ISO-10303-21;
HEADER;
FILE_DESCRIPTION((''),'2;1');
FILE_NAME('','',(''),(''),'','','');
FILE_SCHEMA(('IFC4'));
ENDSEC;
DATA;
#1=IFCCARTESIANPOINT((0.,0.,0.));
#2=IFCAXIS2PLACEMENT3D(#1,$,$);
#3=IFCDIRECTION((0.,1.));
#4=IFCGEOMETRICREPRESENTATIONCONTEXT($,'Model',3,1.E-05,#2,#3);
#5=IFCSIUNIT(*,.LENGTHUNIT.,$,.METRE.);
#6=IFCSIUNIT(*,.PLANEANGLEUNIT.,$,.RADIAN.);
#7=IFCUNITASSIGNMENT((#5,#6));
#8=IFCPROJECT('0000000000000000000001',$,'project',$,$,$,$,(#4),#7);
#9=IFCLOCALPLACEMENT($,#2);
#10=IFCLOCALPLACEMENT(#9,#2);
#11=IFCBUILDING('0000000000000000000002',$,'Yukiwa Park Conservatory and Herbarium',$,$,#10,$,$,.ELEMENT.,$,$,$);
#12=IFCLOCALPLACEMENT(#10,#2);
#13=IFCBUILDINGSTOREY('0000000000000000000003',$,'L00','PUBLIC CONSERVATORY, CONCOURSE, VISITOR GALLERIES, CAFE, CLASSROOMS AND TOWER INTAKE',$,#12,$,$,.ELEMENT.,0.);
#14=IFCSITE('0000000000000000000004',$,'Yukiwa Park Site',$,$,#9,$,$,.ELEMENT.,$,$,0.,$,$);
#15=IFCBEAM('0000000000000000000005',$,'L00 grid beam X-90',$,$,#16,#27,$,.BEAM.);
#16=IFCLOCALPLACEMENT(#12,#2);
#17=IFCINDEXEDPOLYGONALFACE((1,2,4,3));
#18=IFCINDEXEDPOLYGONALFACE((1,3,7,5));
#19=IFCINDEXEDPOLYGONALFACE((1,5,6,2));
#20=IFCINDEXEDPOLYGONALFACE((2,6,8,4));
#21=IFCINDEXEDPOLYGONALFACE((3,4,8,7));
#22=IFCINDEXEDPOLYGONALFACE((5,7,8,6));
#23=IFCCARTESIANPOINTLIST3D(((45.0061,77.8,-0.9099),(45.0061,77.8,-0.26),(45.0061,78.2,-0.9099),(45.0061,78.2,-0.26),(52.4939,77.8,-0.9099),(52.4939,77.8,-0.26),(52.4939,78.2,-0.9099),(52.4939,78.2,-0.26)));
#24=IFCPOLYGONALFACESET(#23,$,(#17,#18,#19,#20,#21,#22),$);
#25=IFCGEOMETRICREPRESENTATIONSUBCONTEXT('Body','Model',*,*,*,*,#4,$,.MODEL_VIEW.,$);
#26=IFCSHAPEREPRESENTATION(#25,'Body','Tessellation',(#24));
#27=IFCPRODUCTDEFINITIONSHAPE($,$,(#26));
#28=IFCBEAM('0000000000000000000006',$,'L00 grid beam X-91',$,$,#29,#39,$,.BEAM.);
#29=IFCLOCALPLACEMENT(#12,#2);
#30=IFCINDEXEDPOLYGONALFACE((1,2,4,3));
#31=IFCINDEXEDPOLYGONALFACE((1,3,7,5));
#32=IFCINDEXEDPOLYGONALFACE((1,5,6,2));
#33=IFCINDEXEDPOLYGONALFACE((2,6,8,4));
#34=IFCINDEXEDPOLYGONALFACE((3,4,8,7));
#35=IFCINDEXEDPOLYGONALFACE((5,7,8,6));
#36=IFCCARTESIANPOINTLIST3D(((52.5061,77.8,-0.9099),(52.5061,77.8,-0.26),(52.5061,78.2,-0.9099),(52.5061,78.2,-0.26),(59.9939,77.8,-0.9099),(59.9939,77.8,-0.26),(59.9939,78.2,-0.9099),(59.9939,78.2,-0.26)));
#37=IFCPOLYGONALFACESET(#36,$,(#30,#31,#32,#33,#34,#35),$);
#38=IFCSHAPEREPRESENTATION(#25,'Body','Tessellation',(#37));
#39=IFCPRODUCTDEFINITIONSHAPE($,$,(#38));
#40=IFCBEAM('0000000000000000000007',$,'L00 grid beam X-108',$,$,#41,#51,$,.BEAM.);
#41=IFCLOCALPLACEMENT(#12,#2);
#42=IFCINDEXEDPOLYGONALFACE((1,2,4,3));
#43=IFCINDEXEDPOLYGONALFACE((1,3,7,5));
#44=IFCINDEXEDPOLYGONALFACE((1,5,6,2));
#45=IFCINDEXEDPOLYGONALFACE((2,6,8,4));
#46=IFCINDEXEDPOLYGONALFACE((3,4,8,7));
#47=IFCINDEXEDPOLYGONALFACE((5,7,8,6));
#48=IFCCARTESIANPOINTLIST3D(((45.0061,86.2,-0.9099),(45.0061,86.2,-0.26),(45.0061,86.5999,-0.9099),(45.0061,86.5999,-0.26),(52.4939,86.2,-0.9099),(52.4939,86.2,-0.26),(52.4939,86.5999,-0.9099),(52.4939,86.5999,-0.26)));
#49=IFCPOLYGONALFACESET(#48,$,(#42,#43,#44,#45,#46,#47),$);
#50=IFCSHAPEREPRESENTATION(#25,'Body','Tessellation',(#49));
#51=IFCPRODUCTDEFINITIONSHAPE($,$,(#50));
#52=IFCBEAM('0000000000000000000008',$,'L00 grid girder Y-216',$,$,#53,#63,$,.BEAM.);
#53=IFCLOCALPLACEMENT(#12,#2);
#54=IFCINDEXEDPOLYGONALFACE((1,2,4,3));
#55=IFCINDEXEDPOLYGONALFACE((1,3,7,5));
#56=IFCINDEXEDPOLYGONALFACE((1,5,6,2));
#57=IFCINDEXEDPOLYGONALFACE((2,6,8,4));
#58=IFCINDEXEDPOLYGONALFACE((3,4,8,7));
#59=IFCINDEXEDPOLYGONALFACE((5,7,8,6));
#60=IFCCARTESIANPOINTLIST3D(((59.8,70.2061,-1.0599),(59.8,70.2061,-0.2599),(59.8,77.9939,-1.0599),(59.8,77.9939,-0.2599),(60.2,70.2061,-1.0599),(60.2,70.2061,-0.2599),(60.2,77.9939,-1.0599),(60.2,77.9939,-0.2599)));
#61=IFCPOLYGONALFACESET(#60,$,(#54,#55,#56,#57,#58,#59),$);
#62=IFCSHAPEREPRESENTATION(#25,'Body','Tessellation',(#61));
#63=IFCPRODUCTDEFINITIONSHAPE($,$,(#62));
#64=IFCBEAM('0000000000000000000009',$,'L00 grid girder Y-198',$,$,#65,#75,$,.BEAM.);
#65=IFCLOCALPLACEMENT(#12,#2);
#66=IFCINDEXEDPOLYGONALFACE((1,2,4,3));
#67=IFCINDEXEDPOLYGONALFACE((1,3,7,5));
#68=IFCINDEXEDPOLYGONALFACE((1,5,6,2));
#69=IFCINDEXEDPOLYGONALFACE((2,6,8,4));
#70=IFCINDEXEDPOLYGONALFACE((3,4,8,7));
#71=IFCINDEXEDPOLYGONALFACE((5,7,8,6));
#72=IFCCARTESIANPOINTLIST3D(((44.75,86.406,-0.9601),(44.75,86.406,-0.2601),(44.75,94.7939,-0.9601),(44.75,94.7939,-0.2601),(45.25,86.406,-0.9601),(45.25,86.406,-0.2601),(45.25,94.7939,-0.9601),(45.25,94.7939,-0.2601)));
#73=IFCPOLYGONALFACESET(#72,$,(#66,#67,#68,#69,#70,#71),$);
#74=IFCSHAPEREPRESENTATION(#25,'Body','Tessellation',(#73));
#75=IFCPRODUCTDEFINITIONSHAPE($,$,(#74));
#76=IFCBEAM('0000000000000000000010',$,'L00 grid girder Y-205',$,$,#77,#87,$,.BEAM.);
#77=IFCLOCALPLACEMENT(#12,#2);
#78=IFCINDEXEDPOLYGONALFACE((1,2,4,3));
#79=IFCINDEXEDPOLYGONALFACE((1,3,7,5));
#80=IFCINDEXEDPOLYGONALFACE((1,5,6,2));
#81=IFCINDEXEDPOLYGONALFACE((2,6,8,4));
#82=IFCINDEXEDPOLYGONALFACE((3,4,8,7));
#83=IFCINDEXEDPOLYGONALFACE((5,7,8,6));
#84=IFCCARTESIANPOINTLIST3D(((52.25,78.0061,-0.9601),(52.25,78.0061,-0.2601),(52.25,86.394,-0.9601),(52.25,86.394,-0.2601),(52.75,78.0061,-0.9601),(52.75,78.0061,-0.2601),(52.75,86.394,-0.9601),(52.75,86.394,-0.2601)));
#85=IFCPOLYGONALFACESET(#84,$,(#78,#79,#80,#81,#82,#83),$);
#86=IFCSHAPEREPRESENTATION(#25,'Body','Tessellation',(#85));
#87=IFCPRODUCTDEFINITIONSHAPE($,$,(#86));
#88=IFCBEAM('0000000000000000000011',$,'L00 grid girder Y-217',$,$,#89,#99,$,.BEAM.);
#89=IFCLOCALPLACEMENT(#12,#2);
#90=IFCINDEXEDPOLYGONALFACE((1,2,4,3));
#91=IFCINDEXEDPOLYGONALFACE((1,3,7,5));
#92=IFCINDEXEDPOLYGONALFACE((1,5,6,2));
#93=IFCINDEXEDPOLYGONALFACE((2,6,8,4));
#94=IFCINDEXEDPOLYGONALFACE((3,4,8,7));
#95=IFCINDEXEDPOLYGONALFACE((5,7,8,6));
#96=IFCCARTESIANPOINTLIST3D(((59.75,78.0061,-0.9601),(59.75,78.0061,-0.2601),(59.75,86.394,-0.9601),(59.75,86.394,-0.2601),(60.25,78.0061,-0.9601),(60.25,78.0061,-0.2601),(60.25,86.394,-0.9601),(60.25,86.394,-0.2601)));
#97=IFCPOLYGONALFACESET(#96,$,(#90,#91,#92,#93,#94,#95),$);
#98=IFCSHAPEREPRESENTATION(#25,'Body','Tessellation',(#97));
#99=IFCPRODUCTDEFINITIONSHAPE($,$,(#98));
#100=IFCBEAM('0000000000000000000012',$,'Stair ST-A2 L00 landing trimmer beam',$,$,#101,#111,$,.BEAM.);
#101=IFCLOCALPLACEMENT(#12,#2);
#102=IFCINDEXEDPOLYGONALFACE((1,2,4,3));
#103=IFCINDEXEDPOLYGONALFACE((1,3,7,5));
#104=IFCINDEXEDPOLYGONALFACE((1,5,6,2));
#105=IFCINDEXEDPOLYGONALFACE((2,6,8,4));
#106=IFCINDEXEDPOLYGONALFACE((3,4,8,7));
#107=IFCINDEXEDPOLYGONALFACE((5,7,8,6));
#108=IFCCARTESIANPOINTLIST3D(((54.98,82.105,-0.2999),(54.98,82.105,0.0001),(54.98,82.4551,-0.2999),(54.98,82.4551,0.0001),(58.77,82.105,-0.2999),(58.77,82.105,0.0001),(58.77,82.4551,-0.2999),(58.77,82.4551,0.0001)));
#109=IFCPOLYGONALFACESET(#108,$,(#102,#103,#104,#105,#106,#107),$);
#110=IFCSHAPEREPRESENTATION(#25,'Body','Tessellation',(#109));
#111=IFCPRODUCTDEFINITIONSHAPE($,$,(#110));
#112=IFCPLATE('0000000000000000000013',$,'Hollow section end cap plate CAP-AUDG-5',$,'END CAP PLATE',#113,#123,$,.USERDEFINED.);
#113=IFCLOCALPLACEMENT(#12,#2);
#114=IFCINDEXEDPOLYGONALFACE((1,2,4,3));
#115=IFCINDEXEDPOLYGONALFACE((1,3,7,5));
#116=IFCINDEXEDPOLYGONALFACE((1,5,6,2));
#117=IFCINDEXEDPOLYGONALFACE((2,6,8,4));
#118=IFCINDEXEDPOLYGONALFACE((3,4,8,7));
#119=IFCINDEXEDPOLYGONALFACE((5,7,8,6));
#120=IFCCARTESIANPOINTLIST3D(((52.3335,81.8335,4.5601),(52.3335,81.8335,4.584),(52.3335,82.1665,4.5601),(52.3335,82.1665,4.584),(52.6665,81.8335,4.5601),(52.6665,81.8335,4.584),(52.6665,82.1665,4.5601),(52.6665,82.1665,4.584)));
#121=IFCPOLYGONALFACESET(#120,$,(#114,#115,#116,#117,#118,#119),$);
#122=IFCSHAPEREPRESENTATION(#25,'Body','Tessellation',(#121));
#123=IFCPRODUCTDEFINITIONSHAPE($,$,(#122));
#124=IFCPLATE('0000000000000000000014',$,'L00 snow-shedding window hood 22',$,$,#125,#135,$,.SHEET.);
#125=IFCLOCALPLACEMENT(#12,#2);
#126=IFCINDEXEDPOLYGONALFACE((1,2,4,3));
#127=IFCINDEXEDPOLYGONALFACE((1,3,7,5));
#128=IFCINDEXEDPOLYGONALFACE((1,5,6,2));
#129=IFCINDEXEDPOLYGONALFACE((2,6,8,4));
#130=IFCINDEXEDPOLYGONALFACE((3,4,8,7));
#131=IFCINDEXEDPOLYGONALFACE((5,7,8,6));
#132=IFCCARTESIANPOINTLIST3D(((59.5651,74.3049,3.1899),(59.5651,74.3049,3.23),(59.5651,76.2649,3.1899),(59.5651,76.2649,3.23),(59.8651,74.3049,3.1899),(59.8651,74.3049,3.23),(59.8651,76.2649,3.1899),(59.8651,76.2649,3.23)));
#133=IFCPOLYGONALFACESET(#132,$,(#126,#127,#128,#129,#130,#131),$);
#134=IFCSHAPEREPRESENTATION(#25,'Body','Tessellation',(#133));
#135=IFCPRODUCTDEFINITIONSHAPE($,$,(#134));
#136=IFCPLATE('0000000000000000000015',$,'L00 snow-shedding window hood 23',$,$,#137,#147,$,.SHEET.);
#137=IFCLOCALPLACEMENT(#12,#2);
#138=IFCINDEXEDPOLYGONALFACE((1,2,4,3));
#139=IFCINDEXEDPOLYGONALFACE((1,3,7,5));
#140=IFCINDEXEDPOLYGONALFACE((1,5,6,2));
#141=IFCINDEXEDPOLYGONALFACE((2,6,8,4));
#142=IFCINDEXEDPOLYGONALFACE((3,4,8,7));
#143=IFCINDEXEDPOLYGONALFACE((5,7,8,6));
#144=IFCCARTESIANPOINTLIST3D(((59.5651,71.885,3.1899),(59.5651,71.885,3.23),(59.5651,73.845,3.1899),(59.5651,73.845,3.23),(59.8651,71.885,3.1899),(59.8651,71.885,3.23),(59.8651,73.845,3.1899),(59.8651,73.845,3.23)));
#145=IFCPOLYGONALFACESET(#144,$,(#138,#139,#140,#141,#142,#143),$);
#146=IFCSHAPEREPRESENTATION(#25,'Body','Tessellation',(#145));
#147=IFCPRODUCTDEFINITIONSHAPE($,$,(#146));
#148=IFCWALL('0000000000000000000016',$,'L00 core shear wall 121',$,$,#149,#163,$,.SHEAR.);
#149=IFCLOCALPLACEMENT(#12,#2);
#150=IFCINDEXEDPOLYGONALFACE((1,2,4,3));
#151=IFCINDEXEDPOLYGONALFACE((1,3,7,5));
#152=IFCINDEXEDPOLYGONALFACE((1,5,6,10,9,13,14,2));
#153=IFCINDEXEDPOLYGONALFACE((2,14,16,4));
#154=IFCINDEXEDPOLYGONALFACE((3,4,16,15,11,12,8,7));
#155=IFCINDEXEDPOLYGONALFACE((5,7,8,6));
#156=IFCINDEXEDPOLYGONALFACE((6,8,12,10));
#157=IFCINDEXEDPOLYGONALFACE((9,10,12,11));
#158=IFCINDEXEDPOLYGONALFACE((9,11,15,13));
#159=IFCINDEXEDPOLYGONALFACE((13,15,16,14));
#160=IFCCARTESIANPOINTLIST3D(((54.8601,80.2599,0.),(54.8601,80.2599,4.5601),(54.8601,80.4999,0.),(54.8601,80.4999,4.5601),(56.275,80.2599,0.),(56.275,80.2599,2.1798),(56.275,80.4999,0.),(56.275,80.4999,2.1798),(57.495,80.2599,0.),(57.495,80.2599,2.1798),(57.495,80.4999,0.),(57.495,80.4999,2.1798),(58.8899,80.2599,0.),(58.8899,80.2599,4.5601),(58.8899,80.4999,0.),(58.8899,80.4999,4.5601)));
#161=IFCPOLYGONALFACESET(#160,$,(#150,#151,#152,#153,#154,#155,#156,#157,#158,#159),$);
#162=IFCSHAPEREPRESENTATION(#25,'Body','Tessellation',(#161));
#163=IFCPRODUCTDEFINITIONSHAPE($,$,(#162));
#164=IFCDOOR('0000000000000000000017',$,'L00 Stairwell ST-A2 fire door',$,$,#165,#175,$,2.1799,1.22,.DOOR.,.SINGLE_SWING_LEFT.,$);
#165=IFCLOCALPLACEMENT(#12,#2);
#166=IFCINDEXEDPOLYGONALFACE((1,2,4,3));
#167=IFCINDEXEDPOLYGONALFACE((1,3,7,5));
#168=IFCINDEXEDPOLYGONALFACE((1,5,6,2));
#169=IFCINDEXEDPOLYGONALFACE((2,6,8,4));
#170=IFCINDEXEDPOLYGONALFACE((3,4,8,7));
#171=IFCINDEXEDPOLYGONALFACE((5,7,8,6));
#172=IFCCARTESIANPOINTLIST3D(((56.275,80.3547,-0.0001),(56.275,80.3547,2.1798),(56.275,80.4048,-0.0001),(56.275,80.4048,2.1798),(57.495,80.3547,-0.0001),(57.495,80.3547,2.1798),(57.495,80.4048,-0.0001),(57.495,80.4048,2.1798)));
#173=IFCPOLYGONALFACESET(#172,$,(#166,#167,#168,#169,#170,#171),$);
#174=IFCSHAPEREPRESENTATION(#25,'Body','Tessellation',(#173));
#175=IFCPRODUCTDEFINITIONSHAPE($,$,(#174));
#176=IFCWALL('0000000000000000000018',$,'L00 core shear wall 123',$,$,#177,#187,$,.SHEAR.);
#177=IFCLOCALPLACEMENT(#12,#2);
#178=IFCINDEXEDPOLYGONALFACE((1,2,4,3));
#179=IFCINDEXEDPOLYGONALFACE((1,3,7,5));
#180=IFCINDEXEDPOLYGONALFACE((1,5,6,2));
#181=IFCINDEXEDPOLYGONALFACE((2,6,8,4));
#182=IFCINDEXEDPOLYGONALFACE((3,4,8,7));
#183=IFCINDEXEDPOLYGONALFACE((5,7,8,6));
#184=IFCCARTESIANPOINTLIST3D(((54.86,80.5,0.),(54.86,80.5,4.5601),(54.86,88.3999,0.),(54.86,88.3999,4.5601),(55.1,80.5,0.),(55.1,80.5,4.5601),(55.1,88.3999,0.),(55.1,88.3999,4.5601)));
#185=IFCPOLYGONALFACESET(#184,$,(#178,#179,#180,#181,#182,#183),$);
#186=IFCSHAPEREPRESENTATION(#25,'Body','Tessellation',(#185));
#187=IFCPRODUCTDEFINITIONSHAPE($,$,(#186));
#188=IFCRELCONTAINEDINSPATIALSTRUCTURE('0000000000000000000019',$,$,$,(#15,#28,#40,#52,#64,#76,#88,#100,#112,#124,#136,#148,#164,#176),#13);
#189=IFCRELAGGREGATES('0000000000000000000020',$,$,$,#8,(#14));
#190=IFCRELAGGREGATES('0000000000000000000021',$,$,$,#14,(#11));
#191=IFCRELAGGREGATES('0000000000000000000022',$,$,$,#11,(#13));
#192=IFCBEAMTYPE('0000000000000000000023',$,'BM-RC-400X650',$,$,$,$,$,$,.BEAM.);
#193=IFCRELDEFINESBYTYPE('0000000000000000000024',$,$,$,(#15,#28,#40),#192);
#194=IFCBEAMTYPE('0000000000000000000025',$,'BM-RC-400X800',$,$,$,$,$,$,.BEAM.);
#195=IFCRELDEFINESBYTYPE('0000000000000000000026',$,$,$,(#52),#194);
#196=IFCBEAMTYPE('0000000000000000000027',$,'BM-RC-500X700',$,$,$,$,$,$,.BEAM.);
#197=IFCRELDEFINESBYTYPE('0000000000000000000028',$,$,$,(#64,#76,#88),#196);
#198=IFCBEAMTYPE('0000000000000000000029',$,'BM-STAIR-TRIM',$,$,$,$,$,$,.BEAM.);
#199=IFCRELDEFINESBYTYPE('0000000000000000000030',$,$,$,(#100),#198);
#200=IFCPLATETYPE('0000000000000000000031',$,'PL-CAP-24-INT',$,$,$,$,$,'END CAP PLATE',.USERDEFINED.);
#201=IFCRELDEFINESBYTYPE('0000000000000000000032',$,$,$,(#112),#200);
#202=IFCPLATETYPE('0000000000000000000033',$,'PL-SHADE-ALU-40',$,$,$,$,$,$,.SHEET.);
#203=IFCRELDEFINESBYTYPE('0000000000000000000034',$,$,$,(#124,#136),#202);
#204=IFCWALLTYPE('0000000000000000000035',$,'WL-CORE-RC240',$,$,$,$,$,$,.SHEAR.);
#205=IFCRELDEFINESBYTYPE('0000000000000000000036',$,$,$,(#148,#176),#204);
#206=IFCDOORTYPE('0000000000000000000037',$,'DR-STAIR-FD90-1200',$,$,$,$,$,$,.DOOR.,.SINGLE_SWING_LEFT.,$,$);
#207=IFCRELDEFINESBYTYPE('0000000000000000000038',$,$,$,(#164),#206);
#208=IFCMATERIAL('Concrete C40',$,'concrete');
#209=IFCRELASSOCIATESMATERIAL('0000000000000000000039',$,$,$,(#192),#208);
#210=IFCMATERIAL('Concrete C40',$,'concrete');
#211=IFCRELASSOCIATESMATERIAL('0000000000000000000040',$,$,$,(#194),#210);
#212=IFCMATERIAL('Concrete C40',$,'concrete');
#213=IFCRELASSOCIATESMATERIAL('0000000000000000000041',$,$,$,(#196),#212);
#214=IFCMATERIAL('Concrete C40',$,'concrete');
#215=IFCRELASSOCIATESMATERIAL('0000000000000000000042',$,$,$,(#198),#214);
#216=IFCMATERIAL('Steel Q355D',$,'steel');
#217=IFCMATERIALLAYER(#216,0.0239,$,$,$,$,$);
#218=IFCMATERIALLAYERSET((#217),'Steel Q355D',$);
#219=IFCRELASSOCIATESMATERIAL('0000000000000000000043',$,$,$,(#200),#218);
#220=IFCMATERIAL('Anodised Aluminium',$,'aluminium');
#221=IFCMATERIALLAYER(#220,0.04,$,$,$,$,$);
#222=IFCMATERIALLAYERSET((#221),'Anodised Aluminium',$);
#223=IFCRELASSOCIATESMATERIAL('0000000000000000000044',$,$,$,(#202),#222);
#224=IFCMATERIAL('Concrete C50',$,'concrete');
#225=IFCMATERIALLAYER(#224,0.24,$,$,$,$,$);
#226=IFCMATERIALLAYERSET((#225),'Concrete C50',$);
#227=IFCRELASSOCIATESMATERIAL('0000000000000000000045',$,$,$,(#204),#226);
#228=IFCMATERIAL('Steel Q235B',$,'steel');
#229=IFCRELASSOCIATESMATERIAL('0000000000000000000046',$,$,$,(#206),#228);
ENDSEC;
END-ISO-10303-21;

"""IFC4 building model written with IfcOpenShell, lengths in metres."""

from ifc_helpers import new_model, si_unit, direction, frame, frame_2d, origin, origin_2d, place, context, subcontext, project, spatial, rectangle, extrude, material, layer, layer_set, material_profile, profile_set, type_object, element, fill, save


model = new_model("IFC4")

# Units and contexts
model_context = context("Model", 3, precision=1e-05, world=origin(), true_north=direction((0.0, 1.0)))
body_context = subcontext(model_context, "Body", "Model", "MODEL_VIEW")
ifc_project = project(units=[si_unit("LENGTHUNIT", "METRE"), si_unit("PLANEANGLEUNIT", "RADIAN")], contexts=[model_context])

# Site, building, storey
site_placement = place(None, origin())
site = spatial("IfcSite", under=ifc_project, at=site_placement, Name="Yukiwa Park Site", CompositionType="ELEMENT", RefElevation=0.0)
building_placement = place(site_placement, origin())
building = spatial("IfcBuilding", under=site, at=building_placement, Name="Yukiwa Park Conservatory and Herbarium", CompositionType="ELEMENT")
storey_placement = place(building_placement, origin())
storey = spatial("IfcBuildingStorey", under=building, at=storey_placement, Name="L00", Description="PUBLIC CONSERVATORY, CONCOURSE, VISITOR GALLERIES, CAFE, CLASSROOMS AND TOWER INTAKE", CompositionType="ELEMENT", Elevation=0.0)

# Beams
ifc_material_1 = material(Name="Concrete C40", Category="concrete")
ifc_material_profile_1 = material_profile(ifc_material_1, rectangle(XDim=0.3999, YDim=0.6499, at=origin_2d()), Name="RC 400x650")
ifc_profile_set_1 = profile_set([ifc_material_profile_1], Name="Concrete C40")
beam_type_1 = type_object("IfcBeamType", Name="BM-RC-400X650", PredefinedType="BEAM", material=ifc_profile_set_1)
for number, where, z_axis, x_axis, name in (
    (1, (45.0061, 78.0, -0.585), (1.0, 0.0, 0.0), (0.0, 1.0, 0.0), "L00 grid beam X-90"),
    (2, (52.5061, 78.0, -0.585), (1.0, 0.0, 0.0), (0.0, 1.0, 0.0), "L00 grid beam X-91"),
    (3, (45.0061, 86.3999, -0.585), (1.0, 0.0, 0.0), (0.0, 1.0, 0.0), "L00 grid beam X-108"),
):
    element("IfcBeam", number, at=place(storey_placement, frame(where, z_axis=z_axis, x_axis=x_axis)), inside=storey, type_object=beam_type_1, Name=name, PredefinedType="BEAM", context=body_context, shape_type="SweptSolid", body=[
        extrude(rectangle(XDim=0.3999, YDim=0.6499, at=origin_2d()), origin(), (0.0, 0.0, 1.0), 7.4878),
    ])
ifc_material_2 = material(Name="Concrete C40", Category="concrete")
ifc_material_profile_2 = material_profile(ifc_material_2, rectangle(XDim=0.3999, YDim=0.8, at=origin_2d()), Name="RC 400x800")
ifc_profile_set_2 = profile_set([ifc_material_profile_2], Name="Concrete C40")
beam_type_2 = type_object("IfcBeamType", Name="BM-RC-400X800", PredefinedType="BEAM", material=ifc_profile_set_2)
beam_1_placement = place(storey_placement, frame((60.0, 70.2061, -0.6599), z_axis=(0.0, 1.0, 0.0), x_axis=(-1.0, 0.0, 0.0)))
element("IfcBeam", 4, at=beam_1_placement, inside=storey, type_object=beam_type_2, Name="L00 grid girder Y-216", PredefinedType="BEAM", context=body_context, shape_type="SweptSolid", body=[
    extrude(rectangle(XDim=0.3999, YDim=0.8, at=origin_2d()), origin(), (0.0, 0.0, 1.0), 7.7878),
])
ifc_material_3 = material(Name="Concrete C40", Category="concrete")
ifc_material_profile_3 = material_profile(ifc_material_3, rectangle(XDim=0.5, YDim=0.7, at=origin_2d()), Name="RC 500x700")
ifc_profile_set_3 = profile_set([ifc_material_profile_3], Name="Concrete C40")
beam_type_3 = type_object("IfcBeamType", Name="BM-RC-500X700", PredefinedType="BEAM", material=ifc_profile_set_3)
for number, where, z_axis, x_axis, name in (
    (5, (45.0, 86.406, -0.6101), (0.0, 1.0, 0.0), (-1.0, 0.0, 0.0), "L00 grid girder Y-198"),
    (6, (52.5, 78.0061, -0.6101), (0.0, 1.0, 0.0), (-1.0, 0.0, 0.0), "L00 grid girder Y-205"),
    (7, (60.0, 78.0061, -0.6101), (0.0, 1.0, 0.0), (-1.0, 0.0, 0.0), "L00 grid girder Y-217"),
):
    element("IfcBeam", number, at=place(storey_placement, frame(where, z_axis=z_axis, x_axis=x_axis)), inside=storey, type_object=beam_type_3, Name=name, PredefinedType="BEAM", context=body_context, shape_type="SweptSolid", body=[
        extrude(rectangle(XDim=0.5, YDim=0.7, at=origin_2d()), origin(), (0.0, 0.0, 1.0), 8.3879),
    ])
ifc_material_4 = material(Name="Concrete C40", Category="concrete")
ifc_material_profile_4 = material_profile(ifc_material_4, rectangle(XDim=0.3501, YDim=0.3, at=origin_2d()), Name="RC 350x300")
ifc_profile_set_4 = profile_set([ifc_material_profile_4], Name="Concrete C40")
beam_type_4 = type_object("IfcBeamType", Name="BM-STAIR-TRIM", PredefinedType="BEAM", material=ifc_profile_set_4)
beam_2_placement = place(storey_placement, frame((54.98, 82.28, -0.1499), z_axis=(1.0, 0.0, 0.0), x_axis=(0.0, 1.0, 0.0)))
element("IfcBeam", 8, at=beam_2_placement, inside=storey, type_object=beam_type_4, Name="Stair ST-A2 L00 landing trimmer beam", PredefinedType="BEAM", context=body_context, shape_type="SweptSolid", body=[
    extrude(rectangle(XDim=0.3501, YDim=0.3, at=origin_2d()), origin(), (0.0, 0.0, 1.0), 3.79),
])

# Plates
ifc_material_5 = material(Name="Steel Q355D", Category="steel")
ifc_layer_1 = layer(ifc_material_5, 0.0239)
ifc_layer_set_1 = layer_set([ifc_layer_1], Name="Steel Q355D")
plate_type_1 = type_object("IfcPlateType", Name="PL-CAP-24-INT", ElementType="END CAP PLATE", PredefinedType="USERDEFINED", material=ifc_layer_set_1)
plate_placement = place(storey_placement, frame((52.5, 82.0, 4.5601), z_axis=(0.0, 0.0, 1.0), x_axis=(1.0, 0.0, 0.0)))
element("IfcPlate", 9, at=plate_placement, inside=storey, type_object=plate_type_1, Name="Hollow section end cap plate CAP-AUDG-5", ObjectType="END CAP PLATE", PredefinedType="USERDEFINED", context=body_context, shape_type="SweptSolid", body=[
    extrude(rectangle(XDim=0.333, YDim=0.333, at=origin_2d()), origin(), (0.0, 0.0, 1.0), 0.0239),
])
ifc_material_6 = material(Name="Anodised Aluminium", Category="aluminium")
ifc_layer_2 = layer(ifc_material_6, 0.04)
ifc_layer_set_2 = layer_set([ifc_layer_2], Name="Anodised Aluminium")
plate_type_2 = type_object("IfcPlateType", Name="PL-SHADE-ALU-40", PredefinedType="SHEET", material=ifc_layer_set_2)
for number, where, z_axis, x_axis, name in (
    (10, (59.7151, 75.2849, 3.1899), (0.0, 0.0, 1.0), (0.0, -1.0, 0.0), "L00 snow-shedding window hood 22"),
    (11, (59.7151, 72.865, 3.1899), (0.0, 0.0, 1.0), (0.0, -1.0, 0.0), "L00 snow-shedding window hood 23"),
):
    element("IfcPlate", number, at=place(storey_placement, frame(where, z_axis=z_axis, x_axis=x_axis)), inside=storey, type_object=plate_type_2, Name=name, PredefinedType="SHEET", context=body_context, shape_type="SweptSolid", body=[
        extrude(rectangle(XDim=1.96, YDim=0.3, at=origin_2d()), origin(), (0.0, 0.0, 1.0), 0.04),
    ])

# Wall, opening, door
ifc_material_7 = material(Name="Concrete C50", Category="concrete")
ifc_layer_3 = layer(ifc_material_7, 0.24)
ifc_layer_set_3 = layer_set([ifc_layer_3], Name="Concrete C50")
wall_type_1 = type_object("IfcWallType", Name="WL-CORE-RC240", PredefinedType="SHEAR", material=ifc_layer_set_3)
wall_1_placement = place(storey_placement, frame((54.8601, 80.3799, 0.0), z_axis=(0.0, 0.0, 1.0), x_axis=(1.0, 0.0, 0.0)))
wall_1 = element("IfcWall", 12, at=wall_1_placement, inside=storey, type_object=wall_type_1, Name="L00 core shear wall 121", PredefinedType="SHEAR", context=body_context, shape_type="SweptSolid", body=[
    extrude(rectangle(XDim=4.0298, YDim=0.24, at=frame_2d((2.0149, 0.0))), origin(), (0.0, 0.0, 1.0), 4.5601),
])
opening_1_placement = place(wall_1_placement, frame((1.415, 0.0, 0.0)))
opening_1 = element("IfcOpeningElement", 13, at=opening_1_placement, cuts=wall_1, PredefinedType="OPENING", context=body_context, shape_type="SweptSolid", body=[
    extrude(rectangle(XDim=1.22, YDim=2.1799, at=frame_2d((0.6099, 1.0898))), frame((0.0, 0.1299, 0.0), z_axis=(0.0, -1.0, 0.0), x_axis=(1.0, 0.0, 0.0)), (0.0, 0.0, 1.0), 0.26),
])
ifc_material_8 = material(Name="Steel Q235B", Category="steel")
door_type_1 = type_object("IfcDoorType", Name="DR-STAIR-FD90-1200", OperationType="SINGLE_SWING_LEFT", PredefinedType="DOOR", material=ifc_material_8)
door_1_placement = place(opening_1_placement, origin())
door_1 = element("IfcDoor", 14, at=door_1_placement, inside=storey, type_object=door_type_1, Name="L00 Stairwell ST-A2 fire door", OperationType="SINGLE_SWING_LEFT", OverallHeight=2.1799, OverallWidth=1.22, PredefinedType="DOOR", context=body_context, shape_type="SweptSolid", body=[
    extrude(rectangle(XDim=1.22, YDim=2.1799, at=frame_2d((0.6099, 1.0898))), frame((0.0, 0.0249, 0.0), z_axis=(0.0, -1.0, 0.0), x_axis=(1.0, 0.0, 0.0)), (0.0, 0.0, 1.0), 0.05),
])
fill(opening_1, door_1)

# Wall
for number, where, z_axis, x_axis, name in (
    (15, (54.98, 80.5, 0.0), (0.0, 0.0, 1.0), (0.0, 1.0, 0.0), "L00 core shear wall 123"),
):
    element("IfcWall", number, at=place(storey_placement, frame(where, z_axis=z_axis, x_axis=x_axis)), inside=storey, type_object=wall_type_1, Name=name, PredefinedType="SHEAR", context=body_context, shape_type="SweptSolid", body=[
        extrude(rectangle(XDim=7.8999, YDim=0.24, at=frame_2d((3.95, 0.0))), origin(), (0.0, 0.0, 1.0), 4.5601),
    ])

save(model, "model.ifc")
